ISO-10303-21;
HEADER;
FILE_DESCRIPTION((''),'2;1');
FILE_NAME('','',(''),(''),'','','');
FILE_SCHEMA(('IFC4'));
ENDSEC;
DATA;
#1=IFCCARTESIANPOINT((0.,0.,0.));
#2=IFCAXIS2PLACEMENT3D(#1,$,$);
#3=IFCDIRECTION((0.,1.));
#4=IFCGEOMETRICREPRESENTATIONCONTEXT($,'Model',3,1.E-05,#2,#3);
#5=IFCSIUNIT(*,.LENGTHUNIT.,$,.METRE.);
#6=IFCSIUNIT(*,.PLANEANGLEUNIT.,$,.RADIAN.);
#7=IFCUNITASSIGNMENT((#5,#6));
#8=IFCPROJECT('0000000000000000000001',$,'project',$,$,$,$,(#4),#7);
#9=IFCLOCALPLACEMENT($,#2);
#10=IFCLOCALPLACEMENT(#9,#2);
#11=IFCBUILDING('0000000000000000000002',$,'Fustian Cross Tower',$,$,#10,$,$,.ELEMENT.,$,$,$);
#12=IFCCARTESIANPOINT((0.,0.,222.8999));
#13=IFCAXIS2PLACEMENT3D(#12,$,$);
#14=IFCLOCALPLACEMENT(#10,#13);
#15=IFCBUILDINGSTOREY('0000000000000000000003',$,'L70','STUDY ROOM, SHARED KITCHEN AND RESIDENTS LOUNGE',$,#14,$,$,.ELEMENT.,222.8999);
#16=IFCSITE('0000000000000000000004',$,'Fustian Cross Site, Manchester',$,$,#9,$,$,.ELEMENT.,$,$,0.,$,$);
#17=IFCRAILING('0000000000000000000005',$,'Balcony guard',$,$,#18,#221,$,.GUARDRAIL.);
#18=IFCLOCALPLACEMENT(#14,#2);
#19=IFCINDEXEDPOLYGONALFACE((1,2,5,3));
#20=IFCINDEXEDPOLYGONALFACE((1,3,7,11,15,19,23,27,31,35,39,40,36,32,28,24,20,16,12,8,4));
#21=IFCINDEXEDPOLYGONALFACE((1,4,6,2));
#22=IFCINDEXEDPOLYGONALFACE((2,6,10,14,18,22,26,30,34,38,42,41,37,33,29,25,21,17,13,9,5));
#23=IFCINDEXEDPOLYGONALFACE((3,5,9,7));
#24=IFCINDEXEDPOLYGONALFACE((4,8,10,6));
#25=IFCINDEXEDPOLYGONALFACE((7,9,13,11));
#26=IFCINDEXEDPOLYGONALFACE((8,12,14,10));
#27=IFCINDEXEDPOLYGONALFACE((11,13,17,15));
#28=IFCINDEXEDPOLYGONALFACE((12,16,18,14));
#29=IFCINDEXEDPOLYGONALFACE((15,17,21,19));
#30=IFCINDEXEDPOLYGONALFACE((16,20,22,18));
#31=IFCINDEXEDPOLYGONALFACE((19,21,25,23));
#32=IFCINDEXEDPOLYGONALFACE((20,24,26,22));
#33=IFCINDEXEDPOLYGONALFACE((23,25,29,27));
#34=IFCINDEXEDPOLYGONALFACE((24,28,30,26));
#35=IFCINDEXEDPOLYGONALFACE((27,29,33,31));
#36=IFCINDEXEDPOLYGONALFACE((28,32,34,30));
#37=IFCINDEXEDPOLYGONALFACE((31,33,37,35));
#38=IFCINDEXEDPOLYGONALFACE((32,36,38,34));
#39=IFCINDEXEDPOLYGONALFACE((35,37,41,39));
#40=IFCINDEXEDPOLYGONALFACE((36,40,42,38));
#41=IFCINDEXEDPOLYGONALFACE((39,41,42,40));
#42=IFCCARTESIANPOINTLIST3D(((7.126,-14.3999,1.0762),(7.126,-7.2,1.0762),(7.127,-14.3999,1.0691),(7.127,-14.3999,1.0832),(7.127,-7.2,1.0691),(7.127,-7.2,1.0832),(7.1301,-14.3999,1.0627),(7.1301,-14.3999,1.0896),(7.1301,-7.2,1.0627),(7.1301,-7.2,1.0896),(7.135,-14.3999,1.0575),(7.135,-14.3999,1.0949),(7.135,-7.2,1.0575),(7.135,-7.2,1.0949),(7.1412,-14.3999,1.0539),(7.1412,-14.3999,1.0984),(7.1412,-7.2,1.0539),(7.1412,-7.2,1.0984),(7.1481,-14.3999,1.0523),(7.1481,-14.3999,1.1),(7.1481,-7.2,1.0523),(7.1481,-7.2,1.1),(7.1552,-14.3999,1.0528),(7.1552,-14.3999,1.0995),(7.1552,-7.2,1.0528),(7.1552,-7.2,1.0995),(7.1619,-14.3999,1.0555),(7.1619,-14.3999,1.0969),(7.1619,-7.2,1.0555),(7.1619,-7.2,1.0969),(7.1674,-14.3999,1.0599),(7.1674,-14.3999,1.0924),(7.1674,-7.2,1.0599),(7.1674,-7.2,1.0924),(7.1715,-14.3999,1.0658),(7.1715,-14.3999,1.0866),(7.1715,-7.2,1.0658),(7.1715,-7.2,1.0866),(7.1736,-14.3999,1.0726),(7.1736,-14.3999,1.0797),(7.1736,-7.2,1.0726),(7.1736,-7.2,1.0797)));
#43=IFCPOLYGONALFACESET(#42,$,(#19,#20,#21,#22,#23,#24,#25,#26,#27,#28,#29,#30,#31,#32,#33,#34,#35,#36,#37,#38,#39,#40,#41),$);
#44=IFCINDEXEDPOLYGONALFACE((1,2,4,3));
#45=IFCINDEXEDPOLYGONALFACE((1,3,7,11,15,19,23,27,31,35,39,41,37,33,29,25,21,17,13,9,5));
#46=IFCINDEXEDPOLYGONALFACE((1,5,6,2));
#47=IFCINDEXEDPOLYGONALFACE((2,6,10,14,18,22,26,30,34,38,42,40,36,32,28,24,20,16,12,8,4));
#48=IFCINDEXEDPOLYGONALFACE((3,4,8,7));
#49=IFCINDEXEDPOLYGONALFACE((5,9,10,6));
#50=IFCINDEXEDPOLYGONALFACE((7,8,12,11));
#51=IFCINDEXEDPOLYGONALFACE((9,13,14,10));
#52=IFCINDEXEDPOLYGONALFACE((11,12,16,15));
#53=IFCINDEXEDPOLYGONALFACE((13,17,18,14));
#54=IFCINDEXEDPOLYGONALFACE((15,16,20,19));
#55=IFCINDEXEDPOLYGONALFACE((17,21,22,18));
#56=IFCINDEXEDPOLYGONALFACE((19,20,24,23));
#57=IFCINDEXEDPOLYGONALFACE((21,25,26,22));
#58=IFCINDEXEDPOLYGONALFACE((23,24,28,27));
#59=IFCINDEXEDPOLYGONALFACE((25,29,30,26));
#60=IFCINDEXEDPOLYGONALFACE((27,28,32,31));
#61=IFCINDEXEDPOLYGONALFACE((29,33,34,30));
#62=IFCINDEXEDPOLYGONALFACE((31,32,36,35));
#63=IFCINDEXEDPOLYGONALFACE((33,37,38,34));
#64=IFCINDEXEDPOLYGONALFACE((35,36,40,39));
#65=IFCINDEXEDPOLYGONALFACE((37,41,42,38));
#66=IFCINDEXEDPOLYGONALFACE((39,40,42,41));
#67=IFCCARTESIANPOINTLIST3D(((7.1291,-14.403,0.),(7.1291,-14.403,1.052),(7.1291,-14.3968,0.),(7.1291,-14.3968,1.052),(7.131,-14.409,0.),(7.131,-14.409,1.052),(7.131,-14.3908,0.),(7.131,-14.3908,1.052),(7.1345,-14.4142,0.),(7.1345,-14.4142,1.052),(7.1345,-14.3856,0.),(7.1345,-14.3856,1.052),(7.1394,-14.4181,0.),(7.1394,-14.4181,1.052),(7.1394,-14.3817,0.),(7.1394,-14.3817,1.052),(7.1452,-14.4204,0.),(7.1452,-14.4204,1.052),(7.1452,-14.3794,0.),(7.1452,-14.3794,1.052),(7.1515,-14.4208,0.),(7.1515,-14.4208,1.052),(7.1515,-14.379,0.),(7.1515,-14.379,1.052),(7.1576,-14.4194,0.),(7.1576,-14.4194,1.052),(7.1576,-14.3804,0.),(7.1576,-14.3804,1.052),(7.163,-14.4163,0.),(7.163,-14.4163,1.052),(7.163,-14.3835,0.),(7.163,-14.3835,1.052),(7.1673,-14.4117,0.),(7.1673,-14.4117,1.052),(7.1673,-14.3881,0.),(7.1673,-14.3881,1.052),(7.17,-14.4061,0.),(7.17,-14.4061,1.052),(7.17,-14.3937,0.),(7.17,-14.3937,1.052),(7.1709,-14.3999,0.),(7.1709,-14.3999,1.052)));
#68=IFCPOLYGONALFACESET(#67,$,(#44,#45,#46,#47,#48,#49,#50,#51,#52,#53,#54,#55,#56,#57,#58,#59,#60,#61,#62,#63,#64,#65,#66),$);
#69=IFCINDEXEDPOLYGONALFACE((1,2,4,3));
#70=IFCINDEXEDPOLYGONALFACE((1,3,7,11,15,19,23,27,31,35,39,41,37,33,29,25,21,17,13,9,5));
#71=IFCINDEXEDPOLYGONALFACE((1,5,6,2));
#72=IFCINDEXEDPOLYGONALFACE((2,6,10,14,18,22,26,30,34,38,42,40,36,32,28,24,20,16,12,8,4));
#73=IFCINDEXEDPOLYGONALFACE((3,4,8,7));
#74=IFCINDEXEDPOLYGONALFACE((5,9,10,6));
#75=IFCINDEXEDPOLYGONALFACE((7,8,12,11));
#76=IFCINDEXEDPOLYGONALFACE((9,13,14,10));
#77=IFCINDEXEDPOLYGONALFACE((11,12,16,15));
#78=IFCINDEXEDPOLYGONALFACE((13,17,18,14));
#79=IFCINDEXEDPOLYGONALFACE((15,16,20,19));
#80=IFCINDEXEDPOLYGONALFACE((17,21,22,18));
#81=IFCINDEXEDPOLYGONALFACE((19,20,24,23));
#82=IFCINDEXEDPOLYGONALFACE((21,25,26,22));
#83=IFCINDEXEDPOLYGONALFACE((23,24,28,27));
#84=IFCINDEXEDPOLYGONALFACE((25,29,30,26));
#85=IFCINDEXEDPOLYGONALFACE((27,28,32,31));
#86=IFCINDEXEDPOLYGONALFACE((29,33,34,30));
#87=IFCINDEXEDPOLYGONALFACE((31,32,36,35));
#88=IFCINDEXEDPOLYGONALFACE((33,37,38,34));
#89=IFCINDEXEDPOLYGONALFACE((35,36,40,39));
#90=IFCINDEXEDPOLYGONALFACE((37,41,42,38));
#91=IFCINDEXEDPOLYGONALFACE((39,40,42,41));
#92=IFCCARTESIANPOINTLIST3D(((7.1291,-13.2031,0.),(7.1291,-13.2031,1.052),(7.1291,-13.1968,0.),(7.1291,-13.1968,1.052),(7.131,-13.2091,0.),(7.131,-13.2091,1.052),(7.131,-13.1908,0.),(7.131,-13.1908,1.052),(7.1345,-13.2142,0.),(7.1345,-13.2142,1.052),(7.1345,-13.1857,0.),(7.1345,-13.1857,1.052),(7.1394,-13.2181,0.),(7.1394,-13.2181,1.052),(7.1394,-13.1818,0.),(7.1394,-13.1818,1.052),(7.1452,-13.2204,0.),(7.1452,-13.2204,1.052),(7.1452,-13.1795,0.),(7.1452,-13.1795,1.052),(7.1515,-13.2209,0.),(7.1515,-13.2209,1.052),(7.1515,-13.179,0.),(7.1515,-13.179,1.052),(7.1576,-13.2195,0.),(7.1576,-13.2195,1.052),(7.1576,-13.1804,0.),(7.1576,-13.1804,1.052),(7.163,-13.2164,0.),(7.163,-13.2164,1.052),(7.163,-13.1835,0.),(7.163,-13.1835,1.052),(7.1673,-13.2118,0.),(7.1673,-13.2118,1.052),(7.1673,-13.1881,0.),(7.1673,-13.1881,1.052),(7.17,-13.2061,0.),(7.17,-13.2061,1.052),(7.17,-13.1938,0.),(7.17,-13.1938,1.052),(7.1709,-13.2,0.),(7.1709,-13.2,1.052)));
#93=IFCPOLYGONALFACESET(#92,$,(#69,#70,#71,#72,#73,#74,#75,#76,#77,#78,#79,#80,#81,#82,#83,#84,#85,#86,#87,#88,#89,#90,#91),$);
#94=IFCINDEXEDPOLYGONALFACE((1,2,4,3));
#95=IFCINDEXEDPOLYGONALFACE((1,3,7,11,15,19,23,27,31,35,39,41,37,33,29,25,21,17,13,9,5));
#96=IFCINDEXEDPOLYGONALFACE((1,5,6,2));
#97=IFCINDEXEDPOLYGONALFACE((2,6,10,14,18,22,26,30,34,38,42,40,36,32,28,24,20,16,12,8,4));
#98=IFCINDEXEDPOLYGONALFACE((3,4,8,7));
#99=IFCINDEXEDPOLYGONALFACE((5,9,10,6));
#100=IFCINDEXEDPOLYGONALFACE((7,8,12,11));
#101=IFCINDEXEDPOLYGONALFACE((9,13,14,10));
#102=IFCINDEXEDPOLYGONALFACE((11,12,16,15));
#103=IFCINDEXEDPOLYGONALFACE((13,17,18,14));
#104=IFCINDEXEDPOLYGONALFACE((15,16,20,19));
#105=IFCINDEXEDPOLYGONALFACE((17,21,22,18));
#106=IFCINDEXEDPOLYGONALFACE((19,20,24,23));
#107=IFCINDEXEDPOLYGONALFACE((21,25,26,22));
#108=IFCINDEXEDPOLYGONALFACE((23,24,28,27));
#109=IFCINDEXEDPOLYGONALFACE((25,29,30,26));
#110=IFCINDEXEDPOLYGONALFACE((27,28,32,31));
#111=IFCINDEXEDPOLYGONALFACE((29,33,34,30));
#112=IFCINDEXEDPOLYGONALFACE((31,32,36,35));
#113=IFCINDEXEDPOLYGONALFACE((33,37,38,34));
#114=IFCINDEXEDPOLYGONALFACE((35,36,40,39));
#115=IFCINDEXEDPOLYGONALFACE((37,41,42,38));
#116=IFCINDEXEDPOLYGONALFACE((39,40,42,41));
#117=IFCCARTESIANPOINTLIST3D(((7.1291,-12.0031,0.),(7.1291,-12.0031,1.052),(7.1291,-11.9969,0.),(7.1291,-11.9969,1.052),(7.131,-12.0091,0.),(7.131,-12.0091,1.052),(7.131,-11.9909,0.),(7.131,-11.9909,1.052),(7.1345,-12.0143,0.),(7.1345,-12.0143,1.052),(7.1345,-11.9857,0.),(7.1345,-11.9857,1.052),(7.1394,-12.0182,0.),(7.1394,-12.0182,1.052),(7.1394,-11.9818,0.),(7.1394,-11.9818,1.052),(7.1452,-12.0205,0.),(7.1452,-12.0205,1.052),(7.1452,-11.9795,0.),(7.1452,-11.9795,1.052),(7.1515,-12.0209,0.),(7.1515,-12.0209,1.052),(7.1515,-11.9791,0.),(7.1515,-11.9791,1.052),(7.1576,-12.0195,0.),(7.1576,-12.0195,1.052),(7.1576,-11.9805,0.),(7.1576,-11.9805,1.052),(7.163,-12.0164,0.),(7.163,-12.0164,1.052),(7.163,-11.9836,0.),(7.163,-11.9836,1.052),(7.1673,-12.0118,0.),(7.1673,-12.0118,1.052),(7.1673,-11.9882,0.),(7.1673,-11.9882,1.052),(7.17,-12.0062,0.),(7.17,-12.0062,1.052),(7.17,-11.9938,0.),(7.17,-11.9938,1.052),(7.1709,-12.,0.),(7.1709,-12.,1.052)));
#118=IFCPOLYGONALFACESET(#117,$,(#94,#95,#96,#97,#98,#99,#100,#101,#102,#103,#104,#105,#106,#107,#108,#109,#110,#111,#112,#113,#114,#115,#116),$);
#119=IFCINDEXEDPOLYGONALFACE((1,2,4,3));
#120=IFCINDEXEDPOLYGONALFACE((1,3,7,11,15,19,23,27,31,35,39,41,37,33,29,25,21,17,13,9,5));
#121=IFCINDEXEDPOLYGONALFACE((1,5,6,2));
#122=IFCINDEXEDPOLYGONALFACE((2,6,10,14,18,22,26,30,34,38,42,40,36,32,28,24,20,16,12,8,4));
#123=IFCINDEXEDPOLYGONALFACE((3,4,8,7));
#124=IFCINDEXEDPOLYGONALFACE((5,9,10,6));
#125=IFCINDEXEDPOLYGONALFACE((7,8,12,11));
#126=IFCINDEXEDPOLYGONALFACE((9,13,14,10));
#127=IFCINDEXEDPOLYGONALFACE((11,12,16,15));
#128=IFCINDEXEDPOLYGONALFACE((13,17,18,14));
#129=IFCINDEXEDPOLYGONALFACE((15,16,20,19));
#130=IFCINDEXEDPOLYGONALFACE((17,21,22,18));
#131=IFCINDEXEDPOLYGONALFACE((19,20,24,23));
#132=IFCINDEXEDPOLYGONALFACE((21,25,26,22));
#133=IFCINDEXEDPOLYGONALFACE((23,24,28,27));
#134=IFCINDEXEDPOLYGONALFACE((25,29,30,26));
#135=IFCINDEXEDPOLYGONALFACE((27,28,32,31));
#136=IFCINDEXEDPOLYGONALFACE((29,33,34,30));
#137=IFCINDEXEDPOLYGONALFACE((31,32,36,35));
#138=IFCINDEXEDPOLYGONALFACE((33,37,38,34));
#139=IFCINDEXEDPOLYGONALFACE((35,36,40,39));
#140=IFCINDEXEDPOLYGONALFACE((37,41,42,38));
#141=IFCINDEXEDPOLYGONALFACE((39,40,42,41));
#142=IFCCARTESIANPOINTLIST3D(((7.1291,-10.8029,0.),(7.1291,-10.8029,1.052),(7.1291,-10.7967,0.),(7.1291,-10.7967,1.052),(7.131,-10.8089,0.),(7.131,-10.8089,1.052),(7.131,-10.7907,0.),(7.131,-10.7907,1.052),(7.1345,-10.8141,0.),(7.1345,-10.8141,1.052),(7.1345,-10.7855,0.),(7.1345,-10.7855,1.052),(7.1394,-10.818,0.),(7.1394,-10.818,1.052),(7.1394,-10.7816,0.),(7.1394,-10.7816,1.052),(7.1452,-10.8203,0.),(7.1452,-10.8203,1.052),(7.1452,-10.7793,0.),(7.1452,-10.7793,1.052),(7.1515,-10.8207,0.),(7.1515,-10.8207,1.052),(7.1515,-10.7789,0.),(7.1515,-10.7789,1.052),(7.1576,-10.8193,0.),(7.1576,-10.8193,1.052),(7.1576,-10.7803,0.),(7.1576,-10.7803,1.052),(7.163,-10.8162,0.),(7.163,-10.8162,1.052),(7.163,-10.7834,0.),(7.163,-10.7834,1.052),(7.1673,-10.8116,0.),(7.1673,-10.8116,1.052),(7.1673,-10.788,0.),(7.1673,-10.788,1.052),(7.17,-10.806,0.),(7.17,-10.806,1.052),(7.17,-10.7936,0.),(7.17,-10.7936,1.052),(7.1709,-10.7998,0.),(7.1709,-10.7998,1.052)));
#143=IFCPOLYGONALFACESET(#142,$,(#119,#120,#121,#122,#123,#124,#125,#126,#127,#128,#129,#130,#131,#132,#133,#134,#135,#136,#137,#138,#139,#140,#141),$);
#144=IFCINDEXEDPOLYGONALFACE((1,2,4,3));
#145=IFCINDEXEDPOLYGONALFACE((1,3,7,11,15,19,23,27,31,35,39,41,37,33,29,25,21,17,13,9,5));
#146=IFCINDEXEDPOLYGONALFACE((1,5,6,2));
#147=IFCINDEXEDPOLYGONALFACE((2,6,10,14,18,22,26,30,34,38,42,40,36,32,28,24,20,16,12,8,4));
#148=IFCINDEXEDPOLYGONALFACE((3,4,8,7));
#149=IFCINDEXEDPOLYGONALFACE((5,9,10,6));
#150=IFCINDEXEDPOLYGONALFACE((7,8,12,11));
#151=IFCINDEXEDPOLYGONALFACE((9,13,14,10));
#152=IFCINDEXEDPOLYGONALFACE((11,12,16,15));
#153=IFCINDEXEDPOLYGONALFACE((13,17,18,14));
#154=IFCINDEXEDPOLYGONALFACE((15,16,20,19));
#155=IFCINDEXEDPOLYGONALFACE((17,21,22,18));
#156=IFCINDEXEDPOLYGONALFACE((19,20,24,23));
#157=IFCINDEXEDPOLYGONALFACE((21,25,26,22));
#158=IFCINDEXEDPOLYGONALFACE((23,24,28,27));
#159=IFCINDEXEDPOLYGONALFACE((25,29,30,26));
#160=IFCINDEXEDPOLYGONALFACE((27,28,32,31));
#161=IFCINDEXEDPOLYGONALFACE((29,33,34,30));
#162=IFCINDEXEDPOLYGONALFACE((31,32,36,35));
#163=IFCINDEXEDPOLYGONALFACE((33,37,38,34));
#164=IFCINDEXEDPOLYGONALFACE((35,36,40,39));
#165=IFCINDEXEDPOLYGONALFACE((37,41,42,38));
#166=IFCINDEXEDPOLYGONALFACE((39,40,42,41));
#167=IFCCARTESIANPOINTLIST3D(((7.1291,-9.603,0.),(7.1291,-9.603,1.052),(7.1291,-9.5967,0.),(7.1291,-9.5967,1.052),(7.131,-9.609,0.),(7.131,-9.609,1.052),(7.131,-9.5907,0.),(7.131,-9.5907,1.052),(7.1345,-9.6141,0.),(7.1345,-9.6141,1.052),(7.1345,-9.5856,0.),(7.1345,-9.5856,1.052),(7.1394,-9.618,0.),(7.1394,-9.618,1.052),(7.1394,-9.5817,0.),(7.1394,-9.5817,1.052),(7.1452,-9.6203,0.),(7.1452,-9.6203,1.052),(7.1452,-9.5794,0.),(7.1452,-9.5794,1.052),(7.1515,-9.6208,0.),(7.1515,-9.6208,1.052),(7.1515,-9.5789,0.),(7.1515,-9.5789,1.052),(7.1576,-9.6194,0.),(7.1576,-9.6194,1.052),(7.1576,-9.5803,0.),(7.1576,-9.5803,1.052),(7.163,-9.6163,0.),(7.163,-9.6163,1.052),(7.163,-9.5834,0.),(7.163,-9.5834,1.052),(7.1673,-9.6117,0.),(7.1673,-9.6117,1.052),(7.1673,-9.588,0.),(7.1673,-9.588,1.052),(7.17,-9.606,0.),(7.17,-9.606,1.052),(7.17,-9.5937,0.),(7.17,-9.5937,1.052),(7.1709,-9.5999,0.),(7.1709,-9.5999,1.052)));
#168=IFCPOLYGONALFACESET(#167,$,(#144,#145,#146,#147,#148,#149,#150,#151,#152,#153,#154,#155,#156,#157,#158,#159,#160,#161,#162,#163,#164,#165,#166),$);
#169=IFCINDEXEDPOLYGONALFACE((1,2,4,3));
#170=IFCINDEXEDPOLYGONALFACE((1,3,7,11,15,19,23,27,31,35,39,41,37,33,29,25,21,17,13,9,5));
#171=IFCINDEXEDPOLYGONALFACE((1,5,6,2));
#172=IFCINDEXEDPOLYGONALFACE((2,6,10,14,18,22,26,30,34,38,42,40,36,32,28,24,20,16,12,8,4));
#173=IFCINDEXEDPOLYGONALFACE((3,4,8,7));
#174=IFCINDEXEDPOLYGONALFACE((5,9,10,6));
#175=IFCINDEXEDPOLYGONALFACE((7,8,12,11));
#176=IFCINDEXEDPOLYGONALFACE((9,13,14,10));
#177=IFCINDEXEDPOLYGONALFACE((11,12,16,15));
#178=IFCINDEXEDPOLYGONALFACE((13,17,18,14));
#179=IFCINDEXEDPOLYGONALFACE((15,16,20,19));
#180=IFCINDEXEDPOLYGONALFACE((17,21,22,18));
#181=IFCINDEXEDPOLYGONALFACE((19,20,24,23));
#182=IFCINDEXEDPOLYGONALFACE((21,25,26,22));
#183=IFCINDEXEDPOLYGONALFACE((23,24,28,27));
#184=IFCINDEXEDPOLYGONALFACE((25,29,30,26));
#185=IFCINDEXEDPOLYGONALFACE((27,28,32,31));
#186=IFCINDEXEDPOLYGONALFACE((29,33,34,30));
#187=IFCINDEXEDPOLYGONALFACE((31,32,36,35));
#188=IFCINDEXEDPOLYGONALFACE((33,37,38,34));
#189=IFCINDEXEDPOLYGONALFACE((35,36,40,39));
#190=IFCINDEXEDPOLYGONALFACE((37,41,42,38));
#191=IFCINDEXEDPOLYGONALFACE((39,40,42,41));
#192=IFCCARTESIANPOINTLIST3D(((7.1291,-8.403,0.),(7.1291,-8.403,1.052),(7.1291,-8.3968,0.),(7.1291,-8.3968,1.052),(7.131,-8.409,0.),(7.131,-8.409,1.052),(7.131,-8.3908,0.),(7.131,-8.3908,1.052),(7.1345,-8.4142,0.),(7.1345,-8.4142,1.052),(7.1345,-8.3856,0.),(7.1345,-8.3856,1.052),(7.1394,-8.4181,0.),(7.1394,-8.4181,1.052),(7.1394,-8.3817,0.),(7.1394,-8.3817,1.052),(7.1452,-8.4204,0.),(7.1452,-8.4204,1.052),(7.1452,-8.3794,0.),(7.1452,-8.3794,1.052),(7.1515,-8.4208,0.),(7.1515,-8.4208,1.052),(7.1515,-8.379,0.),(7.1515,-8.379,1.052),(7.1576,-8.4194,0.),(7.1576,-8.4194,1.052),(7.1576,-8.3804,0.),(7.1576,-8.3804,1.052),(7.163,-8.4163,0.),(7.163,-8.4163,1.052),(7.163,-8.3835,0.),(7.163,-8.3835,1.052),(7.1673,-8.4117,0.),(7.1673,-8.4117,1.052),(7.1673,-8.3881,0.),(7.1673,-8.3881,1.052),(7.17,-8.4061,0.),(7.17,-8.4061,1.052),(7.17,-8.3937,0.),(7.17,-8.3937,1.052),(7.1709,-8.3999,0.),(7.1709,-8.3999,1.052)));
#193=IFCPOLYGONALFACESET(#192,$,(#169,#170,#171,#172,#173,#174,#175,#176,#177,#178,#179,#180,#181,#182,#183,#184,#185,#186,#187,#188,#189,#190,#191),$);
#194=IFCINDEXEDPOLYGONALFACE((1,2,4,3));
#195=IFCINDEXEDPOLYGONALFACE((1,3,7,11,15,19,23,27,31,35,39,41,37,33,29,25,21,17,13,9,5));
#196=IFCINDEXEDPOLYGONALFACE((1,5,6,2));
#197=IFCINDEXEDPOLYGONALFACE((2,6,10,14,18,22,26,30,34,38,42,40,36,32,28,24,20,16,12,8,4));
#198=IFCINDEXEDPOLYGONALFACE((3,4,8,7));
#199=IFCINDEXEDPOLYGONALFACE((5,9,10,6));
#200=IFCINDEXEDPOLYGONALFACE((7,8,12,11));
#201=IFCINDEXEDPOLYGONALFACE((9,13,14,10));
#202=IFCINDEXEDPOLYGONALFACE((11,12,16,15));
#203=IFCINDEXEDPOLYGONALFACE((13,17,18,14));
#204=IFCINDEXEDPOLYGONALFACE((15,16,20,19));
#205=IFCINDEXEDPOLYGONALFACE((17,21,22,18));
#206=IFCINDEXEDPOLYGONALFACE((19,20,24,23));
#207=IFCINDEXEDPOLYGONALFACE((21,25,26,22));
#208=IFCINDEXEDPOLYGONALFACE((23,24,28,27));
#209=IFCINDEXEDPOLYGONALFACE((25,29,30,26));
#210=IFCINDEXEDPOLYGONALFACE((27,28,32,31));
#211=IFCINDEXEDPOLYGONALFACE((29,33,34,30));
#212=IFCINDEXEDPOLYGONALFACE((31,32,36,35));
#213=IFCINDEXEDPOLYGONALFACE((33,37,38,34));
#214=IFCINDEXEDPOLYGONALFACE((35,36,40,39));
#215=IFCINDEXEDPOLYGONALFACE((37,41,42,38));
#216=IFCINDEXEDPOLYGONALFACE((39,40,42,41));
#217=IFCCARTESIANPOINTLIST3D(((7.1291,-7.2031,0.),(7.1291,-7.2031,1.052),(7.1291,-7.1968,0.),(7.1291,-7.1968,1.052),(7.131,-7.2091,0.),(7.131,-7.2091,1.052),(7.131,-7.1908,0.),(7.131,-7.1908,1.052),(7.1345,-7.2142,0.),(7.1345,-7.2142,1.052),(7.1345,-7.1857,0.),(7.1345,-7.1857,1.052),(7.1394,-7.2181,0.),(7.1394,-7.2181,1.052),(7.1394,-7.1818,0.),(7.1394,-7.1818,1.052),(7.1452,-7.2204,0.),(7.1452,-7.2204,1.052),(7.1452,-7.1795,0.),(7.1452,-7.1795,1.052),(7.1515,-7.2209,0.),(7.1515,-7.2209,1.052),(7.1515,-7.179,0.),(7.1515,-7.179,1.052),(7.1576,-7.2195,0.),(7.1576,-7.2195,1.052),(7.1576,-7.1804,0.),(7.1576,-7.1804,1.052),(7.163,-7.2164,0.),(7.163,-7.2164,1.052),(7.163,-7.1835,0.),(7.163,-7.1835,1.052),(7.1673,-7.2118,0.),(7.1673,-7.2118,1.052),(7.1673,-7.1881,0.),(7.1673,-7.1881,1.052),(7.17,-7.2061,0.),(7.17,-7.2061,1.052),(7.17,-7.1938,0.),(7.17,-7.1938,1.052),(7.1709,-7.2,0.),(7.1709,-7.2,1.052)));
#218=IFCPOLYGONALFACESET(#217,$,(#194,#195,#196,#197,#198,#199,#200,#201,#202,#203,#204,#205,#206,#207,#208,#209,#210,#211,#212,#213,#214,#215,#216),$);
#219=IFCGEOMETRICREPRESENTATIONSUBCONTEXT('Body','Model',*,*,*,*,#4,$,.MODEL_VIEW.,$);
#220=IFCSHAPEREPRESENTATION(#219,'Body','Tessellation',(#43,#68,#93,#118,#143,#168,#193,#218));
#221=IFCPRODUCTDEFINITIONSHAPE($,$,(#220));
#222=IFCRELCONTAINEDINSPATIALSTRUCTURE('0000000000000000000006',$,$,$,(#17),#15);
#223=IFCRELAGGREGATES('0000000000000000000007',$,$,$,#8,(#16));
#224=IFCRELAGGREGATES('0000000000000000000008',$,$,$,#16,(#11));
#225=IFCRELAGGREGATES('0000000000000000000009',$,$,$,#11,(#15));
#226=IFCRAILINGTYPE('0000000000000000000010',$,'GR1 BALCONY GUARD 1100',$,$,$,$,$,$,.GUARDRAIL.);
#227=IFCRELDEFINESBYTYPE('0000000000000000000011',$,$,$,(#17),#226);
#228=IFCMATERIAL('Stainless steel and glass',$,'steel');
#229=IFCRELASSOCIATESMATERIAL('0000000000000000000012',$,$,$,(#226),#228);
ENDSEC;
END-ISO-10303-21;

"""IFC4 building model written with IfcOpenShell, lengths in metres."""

from ifc_helpers import new_model, si_unit, direction, frame, origin, origin_2d, place, context, subcontext, project, spatial, circle, extrude, material, type_object, element, save


model = new_model("IFC4")

# Units and contexts
model_context = context("Model", 3, precision=1e-05, world=origin(), true_north=direction((0.0, 1.0)))
body_context = subcontext(model_context, "Body", "Model", "MODEL_VIEW")
ifc_project = project(units=[si_unit("LENGTHUNIT", "METRE"), si_unit("PLANEANGLEUNIT", "RADIAN")], contexts=[model_context])

# Site, building, storey
site_placement = place(None, origin())
site = spatial("IfcSite", under=ifc_project, at=site_placement, Name="Fustian Cross Site, Manchester", CompositionType="ELEMENT", RefElevation=0.0)
building_placement = place(site_placement, origin())
building = spatial("IfcBuilding", under=site, at=building_placement, Name="Fustian Cross Tower", CompositionType="ELEMENT")
storey_placement = place(building_placement, frame((0.0, 0.0, 222.8999)))
storey = spatial("IfcBuildingStorey", under=building, at=storey_placement, Name="L70", Description="STUDY ROOM, SHARED KITCHEN AND RESIDENTS LOUNGE", CompositionType="ELEMENT", Elevation=222.8999)

# Railing
ifc_material_1 = material(Name="Stainless steel and glass", Category="steel")
railing_type = type_object("IfcRailingType", Name="GR1 BALCONY GUARD 1100", PredefinedType="GUARDRAIL", material=ifc_material_1)
railing_placement = place(storey_placement, frame((7.1499, -14.3999, 0.0)))
element("IfcRailing", 1, at=railing_placement, inside=storey, type_object=railing_type, Name="Balcony guard", PredefinedType="GUARDRAIL", context=body_context, shape_type="SweptSolid", body=[
    extrude(circle(Radius=0.0239, at=origin_2d()), frame((0.0, 0.0, 1.0762), z_axis=(0.0, 1.0, 0.0), x_axis=(-1.0, 0.0, 0.0)), (0.0, 0.0, 1.0), 7.2),
    extrude(circle(Radius=0.021, at=origin_2d()), origin(), (0.0, 0.0, 1.0), 1.052),
    extrude(circle(Radius=0.021, at=origin_2d()), frame((0.0, 1.2, 0.0)), (0.0, 0.0, 1.0), 1.052),
    extrude(circle(Radius=0.021, at=origin_2d()), frame((0.0, 2.3999, 0.0)), (0.0, 0.0, 1.0), 1.052),
    extrude(circle(Radius=0.021, at=origin_2d()), frame((0.0, 3.6001, 0.0)), (0.0, 0.0, 1.0), 1.052),
    extrude(circle(Radius=0.021, at=origin_2d()), frame((0.0, 4.8, 0.0)), (0.0, 0.0, 1.0), 1.052),
    extrude(circle(Radius=0.021, at=origin_2d()), frame((0.0, 6.0, 0.0)), (0.0, 0.0, 1.0), 1.052),
    extrude(circle(Radius=0.021, at=origin_2d()), frame((0.0, 7.2, 0.0)), (0.0, 0.0, 1.0), 1.052),
])

save(model, "model.ifc")
